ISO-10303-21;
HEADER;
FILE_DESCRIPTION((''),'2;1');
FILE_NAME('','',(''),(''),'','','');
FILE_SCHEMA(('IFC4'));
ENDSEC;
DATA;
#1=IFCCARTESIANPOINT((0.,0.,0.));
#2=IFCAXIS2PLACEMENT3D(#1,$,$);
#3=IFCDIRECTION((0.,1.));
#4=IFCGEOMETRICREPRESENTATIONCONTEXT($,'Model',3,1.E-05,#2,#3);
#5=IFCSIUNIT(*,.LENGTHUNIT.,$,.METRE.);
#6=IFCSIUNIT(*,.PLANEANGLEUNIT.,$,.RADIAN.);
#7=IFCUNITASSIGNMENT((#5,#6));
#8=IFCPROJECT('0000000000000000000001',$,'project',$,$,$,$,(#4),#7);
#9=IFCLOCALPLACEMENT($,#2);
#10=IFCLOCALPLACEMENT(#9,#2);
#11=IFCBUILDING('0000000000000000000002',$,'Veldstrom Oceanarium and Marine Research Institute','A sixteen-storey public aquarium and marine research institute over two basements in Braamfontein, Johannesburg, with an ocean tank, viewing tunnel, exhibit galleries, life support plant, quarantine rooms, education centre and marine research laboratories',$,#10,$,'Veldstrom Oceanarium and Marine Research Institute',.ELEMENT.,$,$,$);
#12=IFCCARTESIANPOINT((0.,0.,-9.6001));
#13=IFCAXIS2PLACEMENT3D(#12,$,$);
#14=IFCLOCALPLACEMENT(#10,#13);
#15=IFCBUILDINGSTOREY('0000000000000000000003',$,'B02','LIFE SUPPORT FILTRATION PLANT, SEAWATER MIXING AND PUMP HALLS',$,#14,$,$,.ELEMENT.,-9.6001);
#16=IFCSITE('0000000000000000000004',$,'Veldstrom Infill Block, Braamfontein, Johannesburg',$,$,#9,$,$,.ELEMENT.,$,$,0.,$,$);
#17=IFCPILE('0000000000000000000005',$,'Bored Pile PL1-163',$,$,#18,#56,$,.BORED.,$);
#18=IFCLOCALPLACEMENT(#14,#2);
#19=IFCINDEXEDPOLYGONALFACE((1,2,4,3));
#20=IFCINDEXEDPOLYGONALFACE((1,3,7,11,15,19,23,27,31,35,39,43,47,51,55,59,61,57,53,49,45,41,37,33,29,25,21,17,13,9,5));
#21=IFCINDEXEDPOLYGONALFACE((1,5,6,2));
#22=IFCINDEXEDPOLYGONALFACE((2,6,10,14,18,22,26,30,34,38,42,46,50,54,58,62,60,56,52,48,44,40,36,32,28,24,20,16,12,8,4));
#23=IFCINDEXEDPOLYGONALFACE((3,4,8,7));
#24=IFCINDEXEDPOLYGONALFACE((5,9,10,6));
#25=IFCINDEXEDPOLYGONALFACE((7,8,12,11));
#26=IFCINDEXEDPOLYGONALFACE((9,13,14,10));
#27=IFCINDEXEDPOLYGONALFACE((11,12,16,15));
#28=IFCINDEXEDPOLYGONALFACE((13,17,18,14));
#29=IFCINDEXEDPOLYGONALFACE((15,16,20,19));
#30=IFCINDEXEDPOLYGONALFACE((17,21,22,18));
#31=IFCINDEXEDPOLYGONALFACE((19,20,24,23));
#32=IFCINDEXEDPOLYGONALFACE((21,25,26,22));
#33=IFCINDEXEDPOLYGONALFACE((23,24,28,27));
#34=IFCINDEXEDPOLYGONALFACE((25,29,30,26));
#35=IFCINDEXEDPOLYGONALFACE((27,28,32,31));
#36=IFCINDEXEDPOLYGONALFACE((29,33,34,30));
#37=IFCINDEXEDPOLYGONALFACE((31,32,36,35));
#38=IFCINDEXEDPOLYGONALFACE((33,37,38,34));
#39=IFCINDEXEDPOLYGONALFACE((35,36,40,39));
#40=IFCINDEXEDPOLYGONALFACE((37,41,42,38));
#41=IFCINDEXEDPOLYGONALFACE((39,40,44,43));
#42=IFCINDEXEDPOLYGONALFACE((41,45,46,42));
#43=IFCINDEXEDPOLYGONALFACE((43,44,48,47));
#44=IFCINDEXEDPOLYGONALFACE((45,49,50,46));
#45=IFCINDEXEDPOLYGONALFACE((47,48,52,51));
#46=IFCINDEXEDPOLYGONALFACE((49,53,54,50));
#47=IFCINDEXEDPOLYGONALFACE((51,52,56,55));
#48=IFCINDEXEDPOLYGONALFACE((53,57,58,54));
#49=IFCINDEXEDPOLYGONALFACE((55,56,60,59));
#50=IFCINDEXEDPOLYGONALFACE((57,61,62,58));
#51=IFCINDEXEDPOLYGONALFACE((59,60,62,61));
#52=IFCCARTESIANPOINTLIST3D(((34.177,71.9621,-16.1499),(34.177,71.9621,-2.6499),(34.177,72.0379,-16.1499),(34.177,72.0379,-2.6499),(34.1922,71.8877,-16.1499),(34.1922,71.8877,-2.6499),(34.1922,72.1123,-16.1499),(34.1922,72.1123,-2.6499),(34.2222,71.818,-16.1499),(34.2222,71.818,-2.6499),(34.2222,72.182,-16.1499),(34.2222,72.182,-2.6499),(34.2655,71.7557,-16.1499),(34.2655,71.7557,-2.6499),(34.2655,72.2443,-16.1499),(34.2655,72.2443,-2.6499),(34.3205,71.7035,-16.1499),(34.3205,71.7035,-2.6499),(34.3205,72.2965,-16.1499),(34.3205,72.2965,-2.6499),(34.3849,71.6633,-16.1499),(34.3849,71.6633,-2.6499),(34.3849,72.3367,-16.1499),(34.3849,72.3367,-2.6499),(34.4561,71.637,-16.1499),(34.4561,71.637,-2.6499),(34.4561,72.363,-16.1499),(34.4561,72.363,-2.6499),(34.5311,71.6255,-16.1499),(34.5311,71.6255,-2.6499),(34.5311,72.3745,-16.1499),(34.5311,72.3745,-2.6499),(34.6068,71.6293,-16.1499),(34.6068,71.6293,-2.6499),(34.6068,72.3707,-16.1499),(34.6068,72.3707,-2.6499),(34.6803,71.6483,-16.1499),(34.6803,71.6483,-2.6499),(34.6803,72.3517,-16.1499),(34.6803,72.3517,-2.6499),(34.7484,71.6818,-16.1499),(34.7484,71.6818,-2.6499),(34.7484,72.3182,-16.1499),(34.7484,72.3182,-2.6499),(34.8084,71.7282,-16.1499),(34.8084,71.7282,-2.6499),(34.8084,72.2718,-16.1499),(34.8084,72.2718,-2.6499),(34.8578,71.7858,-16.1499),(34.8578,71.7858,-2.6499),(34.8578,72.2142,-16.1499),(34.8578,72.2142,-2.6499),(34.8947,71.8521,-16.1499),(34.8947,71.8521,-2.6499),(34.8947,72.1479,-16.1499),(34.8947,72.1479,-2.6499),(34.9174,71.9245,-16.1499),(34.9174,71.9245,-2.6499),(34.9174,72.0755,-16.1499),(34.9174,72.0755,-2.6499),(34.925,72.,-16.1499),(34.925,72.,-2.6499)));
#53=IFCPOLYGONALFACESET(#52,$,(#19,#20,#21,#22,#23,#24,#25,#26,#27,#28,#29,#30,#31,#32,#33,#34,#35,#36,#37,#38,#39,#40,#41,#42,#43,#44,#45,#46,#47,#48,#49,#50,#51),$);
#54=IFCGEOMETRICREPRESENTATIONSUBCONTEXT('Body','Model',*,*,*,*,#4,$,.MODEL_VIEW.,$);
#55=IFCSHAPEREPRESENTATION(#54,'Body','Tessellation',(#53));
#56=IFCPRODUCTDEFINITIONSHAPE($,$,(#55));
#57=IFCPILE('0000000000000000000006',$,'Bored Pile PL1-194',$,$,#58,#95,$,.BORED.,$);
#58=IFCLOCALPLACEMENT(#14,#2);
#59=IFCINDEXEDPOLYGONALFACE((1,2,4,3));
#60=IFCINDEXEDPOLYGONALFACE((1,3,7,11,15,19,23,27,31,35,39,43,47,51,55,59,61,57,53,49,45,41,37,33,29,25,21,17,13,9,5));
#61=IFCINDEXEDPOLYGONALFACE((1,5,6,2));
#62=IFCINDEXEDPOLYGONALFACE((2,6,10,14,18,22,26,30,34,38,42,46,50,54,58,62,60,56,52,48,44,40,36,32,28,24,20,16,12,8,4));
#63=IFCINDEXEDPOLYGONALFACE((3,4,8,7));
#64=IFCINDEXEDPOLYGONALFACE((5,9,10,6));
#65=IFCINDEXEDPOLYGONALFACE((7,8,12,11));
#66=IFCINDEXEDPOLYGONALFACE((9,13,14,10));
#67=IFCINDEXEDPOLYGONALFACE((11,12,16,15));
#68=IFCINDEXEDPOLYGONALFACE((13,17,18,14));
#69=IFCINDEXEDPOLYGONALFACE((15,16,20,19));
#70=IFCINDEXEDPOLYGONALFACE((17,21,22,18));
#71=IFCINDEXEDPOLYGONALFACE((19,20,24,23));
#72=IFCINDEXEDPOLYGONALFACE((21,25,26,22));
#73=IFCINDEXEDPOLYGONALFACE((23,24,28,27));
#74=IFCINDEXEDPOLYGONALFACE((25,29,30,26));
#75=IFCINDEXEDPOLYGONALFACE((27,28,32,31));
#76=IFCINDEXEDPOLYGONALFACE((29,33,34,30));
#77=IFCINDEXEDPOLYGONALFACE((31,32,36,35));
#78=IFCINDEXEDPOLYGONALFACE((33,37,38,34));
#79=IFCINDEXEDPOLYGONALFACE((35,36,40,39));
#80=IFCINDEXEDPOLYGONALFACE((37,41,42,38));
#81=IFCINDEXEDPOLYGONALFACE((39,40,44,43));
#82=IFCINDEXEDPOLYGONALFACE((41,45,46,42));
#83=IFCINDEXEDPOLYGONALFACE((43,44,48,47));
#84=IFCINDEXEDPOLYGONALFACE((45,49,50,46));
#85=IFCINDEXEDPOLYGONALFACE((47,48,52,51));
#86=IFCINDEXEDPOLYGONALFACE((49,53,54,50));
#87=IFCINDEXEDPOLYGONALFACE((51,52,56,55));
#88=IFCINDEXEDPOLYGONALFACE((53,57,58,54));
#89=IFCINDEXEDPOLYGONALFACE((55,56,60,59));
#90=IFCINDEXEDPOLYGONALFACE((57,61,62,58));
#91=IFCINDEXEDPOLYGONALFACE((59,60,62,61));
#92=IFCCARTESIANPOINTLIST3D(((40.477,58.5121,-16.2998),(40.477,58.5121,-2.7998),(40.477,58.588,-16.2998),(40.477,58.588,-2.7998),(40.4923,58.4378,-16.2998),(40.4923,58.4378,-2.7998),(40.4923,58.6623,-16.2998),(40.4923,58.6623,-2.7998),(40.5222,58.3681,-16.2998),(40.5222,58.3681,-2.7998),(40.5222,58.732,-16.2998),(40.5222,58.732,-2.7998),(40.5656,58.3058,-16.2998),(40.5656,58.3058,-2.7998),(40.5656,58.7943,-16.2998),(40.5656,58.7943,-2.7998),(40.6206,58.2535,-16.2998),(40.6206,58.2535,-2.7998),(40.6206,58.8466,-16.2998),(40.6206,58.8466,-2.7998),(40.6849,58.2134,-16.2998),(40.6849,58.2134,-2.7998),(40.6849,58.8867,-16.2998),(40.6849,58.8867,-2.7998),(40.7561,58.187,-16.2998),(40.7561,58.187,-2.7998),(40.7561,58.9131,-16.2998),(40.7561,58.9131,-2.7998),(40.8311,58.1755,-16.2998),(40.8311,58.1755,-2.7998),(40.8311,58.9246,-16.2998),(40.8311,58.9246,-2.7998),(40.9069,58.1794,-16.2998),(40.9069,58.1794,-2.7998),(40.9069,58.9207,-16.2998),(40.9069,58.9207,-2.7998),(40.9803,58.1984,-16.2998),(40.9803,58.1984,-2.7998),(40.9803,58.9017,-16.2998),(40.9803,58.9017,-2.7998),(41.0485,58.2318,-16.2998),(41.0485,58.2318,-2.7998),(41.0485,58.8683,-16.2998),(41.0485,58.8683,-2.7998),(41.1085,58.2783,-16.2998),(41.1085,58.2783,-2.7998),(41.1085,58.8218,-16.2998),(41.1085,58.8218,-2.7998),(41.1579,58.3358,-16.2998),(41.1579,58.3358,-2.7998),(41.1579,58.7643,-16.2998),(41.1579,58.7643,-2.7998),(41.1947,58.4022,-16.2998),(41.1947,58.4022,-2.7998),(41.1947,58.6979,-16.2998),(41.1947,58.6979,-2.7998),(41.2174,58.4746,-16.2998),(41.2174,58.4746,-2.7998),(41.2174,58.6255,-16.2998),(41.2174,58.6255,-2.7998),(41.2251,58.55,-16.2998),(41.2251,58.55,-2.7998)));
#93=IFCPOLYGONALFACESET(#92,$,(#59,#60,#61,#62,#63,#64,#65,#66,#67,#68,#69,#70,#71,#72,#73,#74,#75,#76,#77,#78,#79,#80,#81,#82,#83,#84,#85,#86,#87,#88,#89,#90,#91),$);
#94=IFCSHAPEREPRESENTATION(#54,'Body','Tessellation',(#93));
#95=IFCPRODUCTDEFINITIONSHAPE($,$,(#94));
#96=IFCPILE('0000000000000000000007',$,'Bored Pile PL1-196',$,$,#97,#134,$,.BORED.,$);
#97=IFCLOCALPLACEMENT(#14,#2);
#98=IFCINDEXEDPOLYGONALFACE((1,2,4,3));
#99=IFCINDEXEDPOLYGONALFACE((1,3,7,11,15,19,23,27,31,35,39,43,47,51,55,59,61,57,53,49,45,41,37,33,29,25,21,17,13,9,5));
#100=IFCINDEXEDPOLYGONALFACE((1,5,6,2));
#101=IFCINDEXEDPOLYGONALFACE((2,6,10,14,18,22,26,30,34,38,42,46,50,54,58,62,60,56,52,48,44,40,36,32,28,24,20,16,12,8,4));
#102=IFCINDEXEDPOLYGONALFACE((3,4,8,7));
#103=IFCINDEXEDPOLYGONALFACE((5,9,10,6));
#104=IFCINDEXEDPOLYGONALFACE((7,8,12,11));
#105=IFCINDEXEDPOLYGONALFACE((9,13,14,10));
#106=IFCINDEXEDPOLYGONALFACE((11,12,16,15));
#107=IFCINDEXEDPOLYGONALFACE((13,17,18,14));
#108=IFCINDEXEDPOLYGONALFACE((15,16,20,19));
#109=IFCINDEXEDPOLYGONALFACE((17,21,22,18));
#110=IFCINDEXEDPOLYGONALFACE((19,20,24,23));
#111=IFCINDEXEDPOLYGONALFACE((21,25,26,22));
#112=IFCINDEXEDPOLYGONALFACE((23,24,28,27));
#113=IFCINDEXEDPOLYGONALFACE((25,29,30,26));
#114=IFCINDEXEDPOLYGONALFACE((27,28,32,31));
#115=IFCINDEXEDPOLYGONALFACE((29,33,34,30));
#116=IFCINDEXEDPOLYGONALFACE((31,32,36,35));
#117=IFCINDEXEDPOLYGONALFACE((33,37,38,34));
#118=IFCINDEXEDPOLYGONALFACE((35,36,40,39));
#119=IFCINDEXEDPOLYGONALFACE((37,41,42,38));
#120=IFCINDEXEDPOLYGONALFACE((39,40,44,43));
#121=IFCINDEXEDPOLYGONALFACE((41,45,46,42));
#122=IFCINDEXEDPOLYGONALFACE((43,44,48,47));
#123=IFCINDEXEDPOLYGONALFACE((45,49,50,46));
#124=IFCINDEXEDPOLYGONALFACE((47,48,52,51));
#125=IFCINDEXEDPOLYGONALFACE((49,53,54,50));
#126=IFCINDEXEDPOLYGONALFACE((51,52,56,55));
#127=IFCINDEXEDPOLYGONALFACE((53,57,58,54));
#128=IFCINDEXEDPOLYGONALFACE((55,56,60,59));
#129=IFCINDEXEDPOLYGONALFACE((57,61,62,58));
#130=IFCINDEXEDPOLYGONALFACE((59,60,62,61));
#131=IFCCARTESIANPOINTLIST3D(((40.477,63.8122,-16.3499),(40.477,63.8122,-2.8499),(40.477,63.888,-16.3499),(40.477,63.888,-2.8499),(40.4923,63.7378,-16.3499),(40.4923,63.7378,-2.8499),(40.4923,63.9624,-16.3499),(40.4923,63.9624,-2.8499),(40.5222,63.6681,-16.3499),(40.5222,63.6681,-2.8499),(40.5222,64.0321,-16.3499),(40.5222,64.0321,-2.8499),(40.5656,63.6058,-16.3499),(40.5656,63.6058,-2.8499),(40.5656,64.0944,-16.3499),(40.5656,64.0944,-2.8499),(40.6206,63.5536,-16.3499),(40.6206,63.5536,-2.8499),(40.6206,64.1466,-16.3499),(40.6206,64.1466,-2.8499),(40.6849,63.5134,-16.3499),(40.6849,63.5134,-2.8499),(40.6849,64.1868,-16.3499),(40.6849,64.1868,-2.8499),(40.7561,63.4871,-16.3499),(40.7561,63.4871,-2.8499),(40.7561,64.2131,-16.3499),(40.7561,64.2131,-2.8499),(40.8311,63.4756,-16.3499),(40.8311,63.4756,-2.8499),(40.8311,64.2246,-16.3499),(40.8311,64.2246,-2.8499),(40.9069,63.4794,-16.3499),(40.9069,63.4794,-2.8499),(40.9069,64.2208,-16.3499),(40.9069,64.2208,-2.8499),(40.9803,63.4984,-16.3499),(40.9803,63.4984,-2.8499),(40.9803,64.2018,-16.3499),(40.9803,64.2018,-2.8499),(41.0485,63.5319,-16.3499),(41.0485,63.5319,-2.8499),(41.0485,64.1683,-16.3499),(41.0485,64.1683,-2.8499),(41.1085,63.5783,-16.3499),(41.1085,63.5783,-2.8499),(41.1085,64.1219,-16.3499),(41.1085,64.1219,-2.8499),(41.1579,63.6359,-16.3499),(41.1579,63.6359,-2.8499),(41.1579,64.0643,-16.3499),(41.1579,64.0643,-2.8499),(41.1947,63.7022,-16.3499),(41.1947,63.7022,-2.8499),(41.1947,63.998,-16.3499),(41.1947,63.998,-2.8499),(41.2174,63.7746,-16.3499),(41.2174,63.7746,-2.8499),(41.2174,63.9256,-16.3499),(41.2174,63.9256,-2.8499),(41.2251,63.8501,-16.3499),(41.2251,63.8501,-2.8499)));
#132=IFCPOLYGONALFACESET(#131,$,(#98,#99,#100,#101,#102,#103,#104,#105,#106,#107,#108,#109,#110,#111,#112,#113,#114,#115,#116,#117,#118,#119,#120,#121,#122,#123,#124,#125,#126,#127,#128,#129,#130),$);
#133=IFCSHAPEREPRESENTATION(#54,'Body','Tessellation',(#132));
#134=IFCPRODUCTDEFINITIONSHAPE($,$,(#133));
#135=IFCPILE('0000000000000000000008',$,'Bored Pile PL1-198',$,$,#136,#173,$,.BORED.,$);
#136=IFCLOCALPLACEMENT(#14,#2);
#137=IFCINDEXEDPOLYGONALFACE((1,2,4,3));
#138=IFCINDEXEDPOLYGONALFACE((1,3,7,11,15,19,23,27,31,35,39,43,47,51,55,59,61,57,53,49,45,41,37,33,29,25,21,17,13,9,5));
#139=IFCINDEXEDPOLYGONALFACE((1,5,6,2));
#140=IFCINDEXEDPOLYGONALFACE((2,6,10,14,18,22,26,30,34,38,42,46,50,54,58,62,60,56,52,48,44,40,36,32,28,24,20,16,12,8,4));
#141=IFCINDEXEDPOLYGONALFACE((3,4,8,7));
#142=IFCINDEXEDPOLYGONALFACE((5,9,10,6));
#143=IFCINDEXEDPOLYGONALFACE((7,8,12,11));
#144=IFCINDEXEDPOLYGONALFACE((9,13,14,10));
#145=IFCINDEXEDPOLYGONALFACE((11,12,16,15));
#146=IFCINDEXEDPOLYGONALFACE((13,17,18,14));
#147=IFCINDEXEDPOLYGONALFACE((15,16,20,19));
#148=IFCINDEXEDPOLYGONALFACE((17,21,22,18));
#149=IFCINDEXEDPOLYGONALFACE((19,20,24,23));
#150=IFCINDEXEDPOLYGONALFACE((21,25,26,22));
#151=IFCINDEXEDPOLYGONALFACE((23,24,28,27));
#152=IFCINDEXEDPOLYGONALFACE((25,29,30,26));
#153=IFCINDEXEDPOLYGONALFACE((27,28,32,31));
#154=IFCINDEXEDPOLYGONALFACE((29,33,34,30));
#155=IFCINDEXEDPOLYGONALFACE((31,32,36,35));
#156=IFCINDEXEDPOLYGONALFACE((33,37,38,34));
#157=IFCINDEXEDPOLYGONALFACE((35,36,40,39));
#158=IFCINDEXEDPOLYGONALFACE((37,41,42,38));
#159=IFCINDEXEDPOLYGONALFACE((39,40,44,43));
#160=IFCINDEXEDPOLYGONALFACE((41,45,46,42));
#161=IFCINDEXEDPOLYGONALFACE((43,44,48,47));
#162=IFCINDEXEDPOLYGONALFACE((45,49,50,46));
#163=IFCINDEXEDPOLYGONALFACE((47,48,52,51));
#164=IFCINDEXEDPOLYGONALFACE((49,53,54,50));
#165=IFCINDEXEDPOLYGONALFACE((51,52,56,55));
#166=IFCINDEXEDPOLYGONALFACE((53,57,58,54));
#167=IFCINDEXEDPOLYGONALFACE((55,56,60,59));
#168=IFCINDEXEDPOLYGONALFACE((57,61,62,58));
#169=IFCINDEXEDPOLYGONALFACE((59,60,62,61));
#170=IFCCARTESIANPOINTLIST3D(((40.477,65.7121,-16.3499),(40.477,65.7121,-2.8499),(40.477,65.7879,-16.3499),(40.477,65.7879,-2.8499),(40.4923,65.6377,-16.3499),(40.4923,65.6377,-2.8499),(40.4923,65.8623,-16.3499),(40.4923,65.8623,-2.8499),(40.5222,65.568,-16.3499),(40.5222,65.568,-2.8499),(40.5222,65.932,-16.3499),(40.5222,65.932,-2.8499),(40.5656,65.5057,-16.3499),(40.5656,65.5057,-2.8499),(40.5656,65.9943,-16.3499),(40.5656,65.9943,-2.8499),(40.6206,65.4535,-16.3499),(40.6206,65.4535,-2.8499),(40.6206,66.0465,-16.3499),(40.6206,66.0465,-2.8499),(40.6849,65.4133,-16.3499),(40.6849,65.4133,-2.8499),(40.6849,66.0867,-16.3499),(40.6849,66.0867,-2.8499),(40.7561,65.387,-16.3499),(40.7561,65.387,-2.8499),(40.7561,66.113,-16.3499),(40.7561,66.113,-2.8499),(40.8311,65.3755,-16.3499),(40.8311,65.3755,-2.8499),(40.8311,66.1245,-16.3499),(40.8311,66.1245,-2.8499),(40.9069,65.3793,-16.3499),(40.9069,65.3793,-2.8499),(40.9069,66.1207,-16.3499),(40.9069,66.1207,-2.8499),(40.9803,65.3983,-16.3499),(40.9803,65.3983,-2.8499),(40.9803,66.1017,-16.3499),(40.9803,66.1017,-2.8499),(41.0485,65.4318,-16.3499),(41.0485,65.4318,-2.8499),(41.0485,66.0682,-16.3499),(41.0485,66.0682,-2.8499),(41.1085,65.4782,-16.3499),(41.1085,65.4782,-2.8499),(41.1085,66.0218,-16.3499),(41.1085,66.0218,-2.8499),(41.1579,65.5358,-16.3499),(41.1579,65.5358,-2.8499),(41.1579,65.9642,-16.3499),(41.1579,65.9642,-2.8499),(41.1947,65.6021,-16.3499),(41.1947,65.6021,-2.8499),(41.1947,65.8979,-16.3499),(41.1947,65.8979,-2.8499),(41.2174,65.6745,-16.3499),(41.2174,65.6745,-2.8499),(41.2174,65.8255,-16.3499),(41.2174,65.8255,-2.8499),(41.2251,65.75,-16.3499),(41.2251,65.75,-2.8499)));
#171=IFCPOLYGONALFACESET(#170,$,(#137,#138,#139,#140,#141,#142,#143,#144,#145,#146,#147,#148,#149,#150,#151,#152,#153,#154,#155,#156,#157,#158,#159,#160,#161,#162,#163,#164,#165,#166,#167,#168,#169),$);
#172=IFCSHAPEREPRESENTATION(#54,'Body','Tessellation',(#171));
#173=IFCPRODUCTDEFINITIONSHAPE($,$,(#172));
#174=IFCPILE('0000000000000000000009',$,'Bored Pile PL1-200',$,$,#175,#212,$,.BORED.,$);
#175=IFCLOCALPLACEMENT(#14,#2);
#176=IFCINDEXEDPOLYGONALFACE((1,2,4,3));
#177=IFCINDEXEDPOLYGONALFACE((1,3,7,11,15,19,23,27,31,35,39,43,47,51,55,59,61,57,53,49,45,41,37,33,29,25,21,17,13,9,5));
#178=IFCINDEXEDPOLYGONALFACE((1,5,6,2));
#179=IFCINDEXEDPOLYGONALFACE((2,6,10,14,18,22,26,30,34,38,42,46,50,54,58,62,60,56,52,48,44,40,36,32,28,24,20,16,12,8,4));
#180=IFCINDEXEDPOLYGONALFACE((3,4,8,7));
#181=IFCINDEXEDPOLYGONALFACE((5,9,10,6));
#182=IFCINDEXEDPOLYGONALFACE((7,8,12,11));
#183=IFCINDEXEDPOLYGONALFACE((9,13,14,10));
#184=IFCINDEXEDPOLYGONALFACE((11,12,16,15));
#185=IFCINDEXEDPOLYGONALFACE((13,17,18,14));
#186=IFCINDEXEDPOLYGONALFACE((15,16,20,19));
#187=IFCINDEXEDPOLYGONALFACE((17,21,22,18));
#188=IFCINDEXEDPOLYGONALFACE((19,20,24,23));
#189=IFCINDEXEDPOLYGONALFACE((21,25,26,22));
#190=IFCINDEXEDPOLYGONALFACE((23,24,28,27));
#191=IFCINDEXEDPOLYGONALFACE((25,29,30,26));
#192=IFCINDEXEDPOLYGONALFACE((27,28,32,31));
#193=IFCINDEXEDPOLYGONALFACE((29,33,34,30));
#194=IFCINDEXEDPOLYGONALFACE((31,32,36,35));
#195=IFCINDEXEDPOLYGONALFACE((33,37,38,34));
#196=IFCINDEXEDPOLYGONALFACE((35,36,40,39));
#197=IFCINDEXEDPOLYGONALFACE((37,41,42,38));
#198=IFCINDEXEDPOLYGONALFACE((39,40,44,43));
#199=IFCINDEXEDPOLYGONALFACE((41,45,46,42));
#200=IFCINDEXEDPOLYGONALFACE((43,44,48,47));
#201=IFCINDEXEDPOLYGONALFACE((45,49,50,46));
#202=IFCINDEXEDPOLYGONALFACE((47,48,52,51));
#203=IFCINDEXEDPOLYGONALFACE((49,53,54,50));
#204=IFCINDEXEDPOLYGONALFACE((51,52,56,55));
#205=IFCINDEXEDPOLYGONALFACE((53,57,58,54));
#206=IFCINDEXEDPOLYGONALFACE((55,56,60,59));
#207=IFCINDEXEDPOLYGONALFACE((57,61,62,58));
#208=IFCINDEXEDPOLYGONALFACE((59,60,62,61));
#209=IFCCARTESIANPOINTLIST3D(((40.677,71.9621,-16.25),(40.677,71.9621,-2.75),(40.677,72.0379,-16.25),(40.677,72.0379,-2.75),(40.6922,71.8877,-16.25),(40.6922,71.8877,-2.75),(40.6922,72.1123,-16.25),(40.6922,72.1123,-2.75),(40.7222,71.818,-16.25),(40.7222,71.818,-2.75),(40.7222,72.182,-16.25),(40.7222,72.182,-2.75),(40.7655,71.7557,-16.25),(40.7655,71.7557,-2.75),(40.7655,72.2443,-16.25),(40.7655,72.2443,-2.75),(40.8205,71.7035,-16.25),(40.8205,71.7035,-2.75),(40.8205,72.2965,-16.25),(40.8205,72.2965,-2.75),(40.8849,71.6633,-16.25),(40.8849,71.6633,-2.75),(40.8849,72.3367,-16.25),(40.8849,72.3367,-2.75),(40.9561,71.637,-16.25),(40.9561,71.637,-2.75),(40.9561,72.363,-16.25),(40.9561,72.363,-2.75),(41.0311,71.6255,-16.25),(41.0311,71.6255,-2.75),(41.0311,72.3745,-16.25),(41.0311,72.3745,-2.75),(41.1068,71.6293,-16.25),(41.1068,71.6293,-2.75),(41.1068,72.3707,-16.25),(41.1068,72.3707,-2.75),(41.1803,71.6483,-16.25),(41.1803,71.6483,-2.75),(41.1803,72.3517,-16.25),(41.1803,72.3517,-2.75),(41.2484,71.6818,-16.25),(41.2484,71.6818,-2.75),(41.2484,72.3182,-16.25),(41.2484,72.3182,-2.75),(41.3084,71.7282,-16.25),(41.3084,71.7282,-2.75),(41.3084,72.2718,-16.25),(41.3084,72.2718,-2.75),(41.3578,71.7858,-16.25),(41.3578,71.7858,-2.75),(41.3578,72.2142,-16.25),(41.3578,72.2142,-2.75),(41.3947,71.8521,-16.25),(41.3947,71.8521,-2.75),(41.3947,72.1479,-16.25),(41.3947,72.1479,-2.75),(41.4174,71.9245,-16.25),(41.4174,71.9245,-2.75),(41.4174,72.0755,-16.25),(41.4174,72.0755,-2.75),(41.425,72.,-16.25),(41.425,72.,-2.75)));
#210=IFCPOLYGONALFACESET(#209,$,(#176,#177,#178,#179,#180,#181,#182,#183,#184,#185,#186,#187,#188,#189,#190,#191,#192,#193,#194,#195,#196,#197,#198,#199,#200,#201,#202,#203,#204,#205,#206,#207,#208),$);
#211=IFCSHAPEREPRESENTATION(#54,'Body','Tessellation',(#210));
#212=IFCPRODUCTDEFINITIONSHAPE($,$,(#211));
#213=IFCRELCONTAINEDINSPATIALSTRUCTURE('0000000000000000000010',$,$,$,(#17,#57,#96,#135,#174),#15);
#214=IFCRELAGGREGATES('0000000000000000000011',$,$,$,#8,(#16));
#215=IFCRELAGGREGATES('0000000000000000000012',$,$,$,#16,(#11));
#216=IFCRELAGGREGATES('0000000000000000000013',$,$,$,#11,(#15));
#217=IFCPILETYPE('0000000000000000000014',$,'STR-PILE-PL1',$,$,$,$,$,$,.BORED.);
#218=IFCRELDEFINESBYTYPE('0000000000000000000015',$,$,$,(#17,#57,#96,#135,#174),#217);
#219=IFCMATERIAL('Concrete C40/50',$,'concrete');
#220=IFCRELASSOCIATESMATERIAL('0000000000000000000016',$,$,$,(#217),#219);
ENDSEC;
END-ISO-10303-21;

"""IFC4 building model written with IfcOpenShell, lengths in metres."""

from ifc_helpers import new_model, si_unit, direction, frame, origin, origin_2d, place, context, subcontext, project, spatial, circle, extrude, material, material_profile, profile_set, type_object, element, save


model = new_model("IFC4")

# Units and contexts
model_context = context("Model", 3, precision=1e-05, world=origin(), true_north=direction((0.0, 1.0)))
body_context = subcontext(model_context, "Body", "Model", "MODEL_VIEW")
ifc_project = project(units=[si_unit("LENGTHUNIT", "METRE"), si_unit("PLANEANGLEUNIT", "RADIAN")], contexts=[model_context])

# Site, building, storey
site_placement = place(None, origin())
site = spatial("IfcSite", under=ifc_project, at=site_placement, Name="Veldstrom Infill Block, Braamfontein, Johannesburg", CompositionType="ELEMENT", RefElevation=0.0)
building_placement = place(site_placement, origin())
building = spatial("IfcBuilding", under=site, at=building_placement, Name="Veldstrom Oceanarium and Marine Research Institute", Description="A sixteen-storey public aquarium and marine research institute over two basements in Braamfontein, Johannesburg, with an ocean tank, viewing tunnel, exhibit galleries, life support plant, quarantine rooms, education centre and marine research laboratories", LongName="Veldstrom Oceanarium and Marine Research Institute", CompositionType="ELEMENT")
storey_placement = place(building_placement, frame((0.0, 0.0, -9.6001)))
storey = spatial("IfcBuildingStorey", under=building, at=storey_placement, Name="B02", Description="LIFE SUPPORT FILTRATION PLANT, SEAWATER MIXING AND PUMP HALLS", CompositionType="ELEMENT", Elevation=-9.6001)

# Piles
ifc_material_1 = material(Name="Concrete C40/50", Category="concrete")
ifc_material_profile_1 = material_profile(ifc_material_1, circle(Radius=0.375, at=origin_2d()), Name="PILE-D750")
ifc_profile_set_1 = profile_set([ifc_material_profile_1], Name="Concrete C40/50")
pile_type = type_object("IfcPileType", Name="STR-PILE-PL1", PredefinedType="BORED", material=ifc_profile_set_1)
for number, where, z_axis, x_axis, name in (
    (1, (34.55, 72.0, -2.6499), (0.0, 0.0, -1.0), (1.0, 0.0, 0.0), "Bored Pile PL1-163"),
    (2, (40.8501, 58.55, -2.7998), (0.0, 0.0, -1.0), (1.0, 0.0, 0.0), "Bored Pile PL1-194"),
    (3, (40.8501, 63.8501, -2.8499), (0.0, 0.0, -1.0), (1.0, 0.0, 0.0), "Bored Pile PL1-196"),
    (4, (40.8501, 65.75, -2.8499), (0.0, 0.0, -1.0), (1.0, 0.0, 0.0), "Bored Pile PL1-198"),
    (5, (41.05, 72.0, -2.75), (0.0, 0.0, -1.0), (1.0, 0.0, 0.0), "Bored Pile PL1-200"),
):
    element("IfcPile", number, at=place(storey_placement, frame(where, z_axis=z_axis, x_axis=x_axis)), inside=storey, type_object=pile_type, Name=name, PredefinedType="BORED", context=body_context, shape_type="SweptSolid", body=[
        extrude(circle(Radius=0.375, at=origin_2d()), origin(), (0.0, 0.0, 1.0), 13.5),
    ])

save(model, "model.ifc")
